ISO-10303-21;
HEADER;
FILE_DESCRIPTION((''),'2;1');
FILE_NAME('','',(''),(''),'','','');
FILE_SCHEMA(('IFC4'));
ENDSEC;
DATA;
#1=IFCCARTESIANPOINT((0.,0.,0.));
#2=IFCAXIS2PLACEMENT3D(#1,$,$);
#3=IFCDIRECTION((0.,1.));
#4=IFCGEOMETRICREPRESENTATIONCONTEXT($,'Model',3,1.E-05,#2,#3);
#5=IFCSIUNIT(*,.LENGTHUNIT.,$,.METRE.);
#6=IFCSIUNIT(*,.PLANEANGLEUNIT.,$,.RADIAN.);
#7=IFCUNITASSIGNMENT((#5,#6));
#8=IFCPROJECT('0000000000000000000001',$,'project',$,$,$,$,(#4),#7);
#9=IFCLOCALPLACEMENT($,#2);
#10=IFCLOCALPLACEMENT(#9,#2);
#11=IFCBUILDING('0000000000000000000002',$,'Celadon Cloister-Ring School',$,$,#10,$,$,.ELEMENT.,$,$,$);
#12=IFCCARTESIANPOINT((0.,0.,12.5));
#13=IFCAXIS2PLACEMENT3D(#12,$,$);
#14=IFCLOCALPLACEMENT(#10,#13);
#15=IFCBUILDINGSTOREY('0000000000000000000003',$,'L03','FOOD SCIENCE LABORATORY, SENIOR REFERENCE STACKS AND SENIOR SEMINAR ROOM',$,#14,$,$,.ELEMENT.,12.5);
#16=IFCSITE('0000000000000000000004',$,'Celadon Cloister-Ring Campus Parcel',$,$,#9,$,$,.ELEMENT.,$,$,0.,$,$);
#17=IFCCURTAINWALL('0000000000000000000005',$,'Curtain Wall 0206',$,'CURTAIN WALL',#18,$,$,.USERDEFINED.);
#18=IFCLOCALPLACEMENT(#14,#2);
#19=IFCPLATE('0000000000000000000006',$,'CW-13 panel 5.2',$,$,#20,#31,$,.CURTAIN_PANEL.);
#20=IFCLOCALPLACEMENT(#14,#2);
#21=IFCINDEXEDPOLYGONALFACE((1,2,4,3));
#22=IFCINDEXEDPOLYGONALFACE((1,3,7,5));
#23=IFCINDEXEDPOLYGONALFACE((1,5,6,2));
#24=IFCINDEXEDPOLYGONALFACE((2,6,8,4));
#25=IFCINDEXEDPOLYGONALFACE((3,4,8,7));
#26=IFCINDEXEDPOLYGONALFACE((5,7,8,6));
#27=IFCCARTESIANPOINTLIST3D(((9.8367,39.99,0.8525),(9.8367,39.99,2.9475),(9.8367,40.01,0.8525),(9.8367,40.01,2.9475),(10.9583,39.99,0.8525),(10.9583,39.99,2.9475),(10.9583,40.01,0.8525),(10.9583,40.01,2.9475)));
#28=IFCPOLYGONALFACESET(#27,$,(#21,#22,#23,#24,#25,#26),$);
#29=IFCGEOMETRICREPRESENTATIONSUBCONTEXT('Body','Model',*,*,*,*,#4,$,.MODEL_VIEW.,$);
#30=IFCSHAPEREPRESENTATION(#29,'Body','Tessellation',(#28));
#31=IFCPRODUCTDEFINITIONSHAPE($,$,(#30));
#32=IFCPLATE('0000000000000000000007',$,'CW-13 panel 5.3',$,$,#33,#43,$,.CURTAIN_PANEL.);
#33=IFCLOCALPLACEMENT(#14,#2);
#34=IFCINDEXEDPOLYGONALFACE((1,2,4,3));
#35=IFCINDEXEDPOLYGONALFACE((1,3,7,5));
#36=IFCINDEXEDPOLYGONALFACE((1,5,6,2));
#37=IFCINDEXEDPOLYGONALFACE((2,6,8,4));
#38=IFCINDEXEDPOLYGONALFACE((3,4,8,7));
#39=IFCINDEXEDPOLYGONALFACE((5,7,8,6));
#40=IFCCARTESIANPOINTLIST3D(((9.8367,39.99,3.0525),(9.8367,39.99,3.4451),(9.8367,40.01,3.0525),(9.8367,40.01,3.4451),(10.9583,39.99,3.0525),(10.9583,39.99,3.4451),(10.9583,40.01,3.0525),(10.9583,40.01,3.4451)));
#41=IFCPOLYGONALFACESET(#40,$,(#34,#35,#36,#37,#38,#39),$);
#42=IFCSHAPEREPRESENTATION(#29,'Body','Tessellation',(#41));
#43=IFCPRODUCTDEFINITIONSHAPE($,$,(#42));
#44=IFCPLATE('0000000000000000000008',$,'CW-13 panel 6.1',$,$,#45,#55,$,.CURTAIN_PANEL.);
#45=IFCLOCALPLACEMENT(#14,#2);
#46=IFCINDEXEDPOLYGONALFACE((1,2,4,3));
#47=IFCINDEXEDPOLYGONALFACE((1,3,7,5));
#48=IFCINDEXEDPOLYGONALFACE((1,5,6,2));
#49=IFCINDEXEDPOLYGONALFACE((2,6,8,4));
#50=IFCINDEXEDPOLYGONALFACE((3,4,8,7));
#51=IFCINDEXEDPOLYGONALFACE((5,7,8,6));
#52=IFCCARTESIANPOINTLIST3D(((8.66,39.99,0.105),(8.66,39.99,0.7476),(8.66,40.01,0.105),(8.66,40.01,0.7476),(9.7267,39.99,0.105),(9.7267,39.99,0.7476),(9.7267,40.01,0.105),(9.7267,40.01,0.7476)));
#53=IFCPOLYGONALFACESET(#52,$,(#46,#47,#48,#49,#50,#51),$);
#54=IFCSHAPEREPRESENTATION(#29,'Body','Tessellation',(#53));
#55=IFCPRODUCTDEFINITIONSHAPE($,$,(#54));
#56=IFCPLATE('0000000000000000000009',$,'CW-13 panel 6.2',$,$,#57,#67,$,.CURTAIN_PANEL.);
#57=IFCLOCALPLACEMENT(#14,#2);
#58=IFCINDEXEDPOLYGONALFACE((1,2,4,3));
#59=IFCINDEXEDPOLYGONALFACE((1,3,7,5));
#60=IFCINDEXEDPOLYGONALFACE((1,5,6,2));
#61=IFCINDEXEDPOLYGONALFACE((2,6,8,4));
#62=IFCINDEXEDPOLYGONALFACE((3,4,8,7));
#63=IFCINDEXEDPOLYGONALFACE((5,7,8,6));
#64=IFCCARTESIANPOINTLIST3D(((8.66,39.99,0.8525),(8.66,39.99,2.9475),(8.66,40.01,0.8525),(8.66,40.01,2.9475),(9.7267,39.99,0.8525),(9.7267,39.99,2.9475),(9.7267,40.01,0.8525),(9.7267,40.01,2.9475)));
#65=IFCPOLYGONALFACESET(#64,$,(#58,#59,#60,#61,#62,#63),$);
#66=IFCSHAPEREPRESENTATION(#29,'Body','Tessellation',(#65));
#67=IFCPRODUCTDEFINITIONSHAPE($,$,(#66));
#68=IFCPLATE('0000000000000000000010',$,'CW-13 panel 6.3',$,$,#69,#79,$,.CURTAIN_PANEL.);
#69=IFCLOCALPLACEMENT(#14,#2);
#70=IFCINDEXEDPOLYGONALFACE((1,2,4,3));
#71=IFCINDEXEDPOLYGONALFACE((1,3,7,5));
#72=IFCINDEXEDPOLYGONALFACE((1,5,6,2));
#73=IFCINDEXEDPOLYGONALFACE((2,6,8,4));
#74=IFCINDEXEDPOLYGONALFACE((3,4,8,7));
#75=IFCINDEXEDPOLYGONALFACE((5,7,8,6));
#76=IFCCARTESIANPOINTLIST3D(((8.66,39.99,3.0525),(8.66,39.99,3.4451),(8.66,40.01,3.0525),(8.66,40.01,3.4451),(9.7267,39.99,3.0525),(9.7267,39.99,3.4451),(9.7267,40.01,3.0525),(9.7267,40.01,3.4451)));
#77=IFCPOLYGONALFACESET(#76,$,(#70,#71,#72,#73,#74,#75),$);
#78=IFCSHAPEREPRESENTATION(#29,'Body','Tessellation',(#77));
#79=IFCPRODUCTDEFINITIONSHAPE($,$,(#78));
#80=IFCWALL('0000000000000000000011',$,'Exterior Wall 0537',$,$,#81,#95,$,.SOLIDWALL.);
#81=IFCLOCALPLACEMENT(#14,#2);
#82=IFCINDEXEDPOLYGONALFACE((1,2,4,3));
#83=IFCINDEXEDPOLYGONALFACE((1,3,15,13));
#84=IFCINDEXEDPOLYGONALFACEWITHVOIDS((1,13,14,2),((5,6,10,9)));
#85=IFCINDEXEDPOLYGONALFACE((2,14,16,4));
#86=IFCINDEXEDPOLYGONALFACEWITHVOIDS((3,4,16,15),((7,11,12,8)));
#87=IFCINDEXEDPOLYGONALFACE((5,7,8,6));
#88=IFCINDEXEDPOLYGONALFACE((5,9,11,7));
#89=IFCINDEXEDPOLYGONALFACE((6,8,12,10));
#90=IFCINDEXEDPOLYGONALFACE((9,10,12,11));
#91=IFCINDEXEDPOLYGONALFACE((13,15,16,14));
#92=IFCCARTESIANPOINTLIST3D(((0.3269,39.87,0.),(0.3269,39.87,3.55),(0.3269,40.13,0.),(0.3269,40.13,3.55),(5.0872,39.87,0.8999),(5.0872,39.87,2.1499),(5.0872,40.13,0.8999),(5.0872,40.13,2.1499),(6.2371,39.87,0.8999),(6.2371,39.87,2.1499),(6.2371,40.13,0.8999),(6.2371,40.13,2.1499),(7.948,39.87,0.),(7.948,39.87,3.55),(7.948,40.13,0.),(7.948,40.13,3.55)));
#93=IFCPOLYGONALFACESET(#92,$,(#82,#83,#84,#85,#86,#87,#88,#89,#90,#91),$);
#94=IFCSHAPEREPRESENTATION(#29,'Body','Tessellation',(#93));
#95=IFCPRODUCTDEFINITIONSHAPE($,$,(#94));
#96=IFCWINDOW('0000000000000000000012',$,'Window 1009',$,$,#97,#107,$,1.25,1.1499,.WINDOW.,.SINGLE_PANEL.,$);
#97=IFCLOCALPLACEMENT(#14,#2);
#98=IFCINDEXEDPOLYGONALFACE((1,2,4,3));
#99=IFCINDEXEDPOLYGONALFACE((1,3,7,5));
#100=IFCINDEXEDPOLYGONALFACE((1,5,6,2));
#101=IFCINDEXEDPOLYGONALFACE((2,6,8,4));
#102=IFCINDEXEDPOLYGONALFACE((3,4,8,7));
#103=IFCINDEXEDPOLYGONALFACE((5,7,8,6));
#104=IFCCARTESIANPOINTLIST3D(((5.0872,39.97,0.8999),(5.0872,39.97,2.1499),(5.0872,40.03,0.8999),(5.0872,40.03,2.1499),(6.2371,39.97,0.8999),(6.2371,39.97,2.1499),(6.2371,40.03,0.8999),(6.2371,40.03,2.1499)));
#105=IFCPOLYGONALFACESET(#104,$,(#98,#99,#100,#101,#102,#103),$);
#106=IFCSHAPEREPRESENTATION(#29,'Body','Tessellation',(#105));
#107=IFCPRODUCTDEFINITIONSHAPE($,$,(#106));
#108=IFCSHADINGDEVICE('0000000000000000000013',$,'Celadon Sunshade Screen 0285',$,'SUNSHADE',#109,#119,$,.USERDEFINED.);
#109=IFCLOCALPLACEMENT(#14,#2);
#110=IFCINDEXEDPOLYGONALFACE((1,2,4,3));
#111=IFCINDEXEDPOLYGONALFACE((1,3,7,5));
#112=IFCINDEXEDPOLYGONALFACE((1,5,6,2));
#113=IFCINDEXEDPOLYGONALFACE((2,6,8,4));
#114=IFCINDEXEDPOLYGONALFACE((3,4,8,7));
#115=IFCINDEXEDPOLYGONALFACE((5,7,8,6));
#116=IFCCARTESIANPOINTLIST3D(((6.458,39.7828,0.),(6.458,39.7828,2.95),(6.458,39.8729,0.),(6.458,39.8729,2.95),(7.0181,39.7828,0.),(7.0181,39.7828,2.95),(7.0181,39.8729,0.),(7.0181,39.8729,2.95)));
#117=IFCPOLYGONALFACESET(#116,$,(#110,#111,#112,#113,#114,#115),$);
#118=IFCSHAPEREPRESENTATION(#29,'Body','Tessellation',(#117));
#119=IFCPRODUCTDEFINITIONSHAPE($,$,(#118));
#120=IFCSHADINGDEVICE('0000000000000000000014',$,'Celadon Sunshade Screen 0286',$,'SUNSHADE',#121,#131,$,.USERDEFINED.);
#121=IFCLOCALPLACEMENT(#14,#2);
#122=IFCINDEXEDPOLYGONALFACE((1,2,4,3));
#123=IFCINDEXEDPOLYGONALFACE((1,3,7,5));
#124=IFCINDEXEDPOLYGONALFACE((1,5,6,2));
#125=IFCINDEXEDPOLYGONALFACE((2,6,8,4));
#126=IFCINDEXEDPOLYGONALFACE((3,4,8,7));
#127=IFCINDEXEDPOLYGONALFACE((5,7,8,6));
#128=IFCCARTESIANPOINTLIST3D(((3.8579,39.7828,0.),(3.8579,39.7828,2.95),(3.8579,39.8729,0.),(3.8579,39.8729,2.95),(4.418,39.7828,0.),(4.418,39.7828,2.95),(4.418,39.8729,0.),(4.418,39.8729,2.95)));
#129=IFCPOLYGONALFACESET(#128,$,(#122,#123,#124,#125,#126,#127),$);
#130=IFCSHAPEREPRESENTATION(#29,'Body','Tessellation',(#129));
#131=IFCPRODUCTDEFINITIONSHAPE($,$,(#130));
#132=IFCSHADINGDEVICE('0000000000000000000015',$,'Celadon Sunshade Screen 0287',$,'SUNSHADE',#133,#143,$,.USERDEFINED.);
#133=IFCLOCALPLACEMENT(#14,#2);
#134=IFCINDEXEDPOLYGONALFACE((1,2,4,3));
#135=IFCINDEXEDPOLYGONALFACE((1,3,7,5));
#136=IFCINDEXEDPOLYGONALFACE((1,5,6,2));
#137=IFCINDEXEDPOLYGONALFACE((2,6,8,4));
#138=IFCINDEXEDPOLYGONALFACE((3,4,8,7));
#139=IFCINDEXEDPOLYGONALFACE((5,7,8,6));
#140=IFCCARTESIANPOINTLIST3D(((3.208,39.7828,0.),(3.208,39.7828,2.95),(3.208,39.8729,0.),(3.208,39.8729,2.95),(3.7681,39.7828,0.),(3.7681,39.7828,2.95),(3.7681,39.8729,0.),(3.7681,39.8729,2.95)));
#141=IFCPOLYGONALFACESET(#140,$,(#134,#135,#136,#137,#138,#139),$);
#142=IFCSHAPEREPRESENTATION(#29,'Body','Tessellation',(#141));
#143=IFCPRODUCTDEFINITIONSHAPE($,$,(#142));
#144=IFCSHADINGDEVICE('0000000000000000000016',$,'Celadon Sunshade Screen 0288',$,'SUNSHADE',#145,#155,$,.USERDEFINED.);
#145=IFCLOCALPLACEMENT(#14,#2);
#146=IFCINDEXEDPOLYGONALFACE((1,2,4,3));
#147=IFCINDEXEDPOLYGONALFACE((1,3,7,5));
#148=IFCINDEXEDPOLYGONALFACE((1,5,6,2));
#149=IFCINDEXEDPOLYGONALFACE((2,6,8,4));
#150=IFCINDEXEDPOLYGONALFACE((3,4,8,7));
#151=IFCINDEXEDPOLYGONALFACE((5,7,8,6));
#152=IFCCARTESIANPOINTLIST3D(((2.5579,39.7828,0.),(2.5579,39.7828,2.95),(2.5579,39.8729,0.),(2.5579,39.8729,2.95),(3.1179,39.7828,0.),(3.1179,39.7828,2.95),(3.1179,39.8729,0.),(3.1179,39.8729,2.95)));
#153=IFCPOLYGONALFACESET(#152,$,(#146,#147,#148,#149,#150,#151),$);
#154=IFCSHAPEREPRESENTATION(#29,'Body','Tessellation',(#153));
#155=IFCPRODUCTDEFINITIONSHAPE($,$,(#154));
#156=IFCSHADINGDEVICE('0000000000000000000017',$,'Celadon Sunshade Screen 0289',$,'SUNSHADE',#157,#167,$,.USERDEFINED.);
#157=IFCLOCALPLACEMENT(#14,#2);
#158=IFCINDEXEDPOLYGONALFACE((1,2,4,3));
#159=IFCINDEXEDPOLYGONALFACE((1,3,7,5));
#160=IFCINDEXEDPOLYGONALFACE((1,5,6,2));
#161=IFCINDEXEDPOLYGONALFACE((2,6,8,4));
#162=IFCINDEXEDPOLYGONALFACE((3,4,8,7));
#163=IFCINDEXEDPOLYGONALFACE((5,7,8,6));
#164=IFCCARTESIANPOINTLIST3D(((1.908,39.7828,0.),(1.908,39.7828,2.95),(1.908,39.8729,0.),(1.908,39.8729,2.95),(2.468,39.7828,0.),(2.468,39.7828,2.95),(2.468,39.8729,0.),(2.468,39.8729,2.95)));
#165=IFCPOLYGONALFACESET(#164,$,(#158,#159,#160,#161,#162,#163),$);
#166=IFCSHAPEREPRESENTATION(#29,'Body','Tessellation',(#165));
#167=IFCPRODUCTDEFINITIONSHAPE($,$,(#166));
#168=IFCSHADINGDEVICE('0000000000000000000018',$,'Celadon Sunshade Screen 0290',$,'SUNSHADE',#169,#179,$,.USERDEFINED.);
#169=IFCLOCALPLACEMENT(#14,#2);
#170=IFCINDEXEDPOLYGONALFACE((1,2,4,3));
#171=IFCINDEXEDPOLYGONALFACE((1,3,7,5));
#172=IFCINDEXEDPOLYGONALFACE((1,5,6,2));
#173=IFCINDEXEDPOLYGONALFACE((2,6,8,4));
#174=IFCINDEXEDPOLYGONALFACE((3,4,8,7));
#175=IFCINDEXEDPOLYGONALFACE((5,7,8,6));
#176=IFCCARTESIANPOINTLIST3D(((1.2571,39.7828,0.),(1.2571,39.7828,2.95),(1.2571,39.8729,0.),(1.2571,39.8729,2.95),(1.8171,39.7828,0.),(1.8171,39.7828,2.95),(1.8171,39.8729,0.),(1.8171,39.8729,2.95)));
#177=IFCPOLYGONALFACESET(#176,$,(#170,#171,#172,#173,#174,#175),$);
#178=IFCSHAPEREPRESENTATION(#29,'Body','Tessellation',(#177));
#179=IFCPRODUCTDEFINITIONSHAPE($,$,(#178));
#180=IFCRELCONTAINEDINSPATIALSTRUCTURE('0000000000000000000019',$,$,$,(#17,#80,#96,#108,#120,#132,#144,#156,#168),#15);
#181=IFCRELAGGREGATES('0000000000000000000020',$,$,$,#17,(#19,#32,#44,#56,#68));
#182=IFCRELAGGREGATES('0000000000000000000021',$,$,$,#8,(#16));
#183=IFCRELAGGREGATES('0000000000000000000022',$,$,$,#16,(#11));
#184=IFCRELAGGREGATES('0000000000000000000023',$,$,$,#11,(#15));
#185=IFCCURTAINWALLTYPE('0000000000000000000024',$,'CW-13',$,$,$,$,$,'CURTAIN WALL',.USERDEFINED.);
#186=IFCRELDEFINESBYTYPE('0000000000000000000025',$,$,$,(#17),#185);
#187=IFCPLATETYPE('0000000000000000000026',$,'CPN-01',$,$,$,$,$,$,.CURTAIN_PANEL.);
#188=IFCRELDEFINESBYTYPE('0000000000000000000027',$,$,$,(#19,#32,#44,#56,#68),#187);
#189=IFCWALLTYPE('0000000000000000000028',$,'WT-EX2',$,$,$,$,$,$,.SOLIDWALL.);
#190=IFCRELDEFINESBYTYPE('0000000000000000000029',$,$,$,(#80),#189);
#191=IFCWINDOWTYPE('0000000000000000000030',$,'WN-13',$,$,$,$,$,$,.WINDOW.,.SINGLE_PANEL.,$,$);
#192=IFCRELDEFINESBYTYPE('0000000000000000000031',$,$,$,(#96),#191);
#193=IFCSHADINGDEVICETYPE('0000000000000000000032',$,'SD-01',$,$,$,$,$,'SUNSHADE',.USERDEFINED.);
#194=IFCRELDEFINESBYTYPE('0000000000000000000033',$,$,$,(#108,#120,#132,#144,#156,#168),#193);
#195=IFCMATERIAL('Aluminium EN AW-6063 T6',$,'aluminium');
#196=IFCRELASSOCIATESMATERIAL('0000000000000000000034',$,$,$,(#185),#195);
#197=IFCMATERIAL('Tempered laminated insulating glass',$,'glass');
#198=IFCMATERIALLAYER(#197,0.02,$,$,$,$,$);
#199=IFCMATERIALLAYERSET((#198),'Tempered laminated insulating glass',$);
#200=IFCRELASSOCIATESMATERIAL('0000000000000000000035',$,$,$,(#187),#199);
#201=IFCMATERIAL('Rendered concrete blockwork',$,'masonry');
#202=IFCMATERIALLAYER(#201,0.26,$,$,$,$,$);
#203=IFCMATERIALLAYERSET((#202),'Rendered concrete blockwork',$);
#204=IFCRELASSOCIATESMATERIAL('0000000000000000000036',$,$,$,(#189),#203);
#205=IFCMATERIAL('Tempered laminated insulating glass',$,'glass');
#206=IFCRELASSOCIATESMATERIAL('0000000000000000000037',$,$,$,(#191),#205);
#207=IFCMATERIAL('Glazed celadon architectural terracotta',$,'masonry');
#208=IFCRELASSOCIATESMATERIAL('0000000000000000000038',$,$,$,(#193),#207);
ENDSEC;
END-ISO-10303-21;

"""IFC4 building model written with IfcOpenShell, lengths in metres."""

from ifc_helpers import new_model, si_unit, direction, frame, frame_2d, origin, origin_2d, place, context, subcontext, project, spatial, rectangle, extrude, material, layer, layer_set, type_object, element, fill, aggregate, save


model = new_model("IFC4")

# Units and contexts
model_context = context("Model", 3, precision=1e-05, world=origin(), true_north=direction((0.0, 1.0)))
body_context = subcontext(model_context, "Body", "Model", "MODEL_VIEW")
ifc_project = project(units=[si_unit("LENGTHUNIT", "METRE"), si_unit("PLANEANGLEUNIT", "RADIAN")], contexts=[model_context])

# Site, building, storey
site_placement = place(None, origin())
site = spatial("IfcSite", under=ifc_project, at=site_placement, Name="Celadon Cloister-Ring Campus Parcel", CompositionType="ELEMENT", RefElevation=0.0)
building_placement = place(site_placement, origin())
building = spatial("IfcBuilding", under=site, at=building_placement, Name="Celadon Cloister-Ring School", CompositionType="ELEMENT")
storey_placement = place(building_placement, frame((0.0, 0.0, 12.5)))
storey = spatial("IfcBuildingStorey", under=building, at=storey_placement, Name="L03", Description="FOOD SCIENCE LABORATORY, SENIOR REFERENCE STACKS AND SENIOR SEMINAR ROOM", CompositionType="ELEMENT", Elevation=12.5)

# Curtain wall, plates
ifc_material_1 = material(Name="Aluminium EN AW-6063 T6", Category="aluminium")
curtain_wall_type = type_object("IfcCurtainWallType", Name="CW-13", ElementType="CURTAIN WALL", PredefinedType="USERDEFINED", material=ifc_material_1)
curtain_wall_placement = place(storey_placement, origin())
curtain_wall = element("IfcCurtainWall", 1, at=curtain_wall_placement, inside=storey, type_object=curtain_wall_type, Name="Curtain Wall 0206", ObjectType="CURTAIN WALL", PredefinedType="USERDEFINED")
ifc_material_2 = material(Name="Tempered laminated insulating glass", Category="glass")
ifc_layer_1 = layer(ifc_material_2, 0.02)
ifc_layer_set_1 = layer_set([ifc_layer_1], Name="Tempered laminated insulating glass")
plate_type = type_object("IfcPlateType", Name="CPN-01", PredefinedType="CURTAIN_PANEL", material=ifc_layer_set_1)
plate_1_placement = place(storey_placement, frame((10.3975, 40.0, 0.8525), z_axis=(0.0, 0.0, 1.0), x_axis=(-1.0, 0.0, 0.0)))
plate_1 = element("IfcPlate", 2, at=plate_1_placement, type_object=plate_type, Name="CW-13 panel 5.2", PredefinedType="CURTAIN_PANEL", context=body_context, shape_type="SweptSolid", body=[
    extrude(rectangle(XDim=1.1216, YDim=0.02, at=origin_2d()), origin(), (0.0, 0.0, 1.0), 2.095),
])
plate_2_placement = place(storey_placement, frame((10.3975, 40.0, 3.0525), z_axis=(0.0, 0.0, 1.0), x_axis=(-1.0, 0.0, 0.0)))
plate_2 = element("IfcPlate", 3, at=plate_2_placement, type_object=plate_type, Name="CW-13 panel 5.3", PredefinedType="CURTAIN_PANEL", context=body_context, shape_type="SweptSolid", body=[
    extrude(rectangle(XDim=1.1216, YDim=0.02, at=origin_2d()), origin(), (0.0, 0.0, 1.0), 0.3926),
])
plate_3_placement = place(storey_placement, frame((9.1934, 40.0, 0.105), z_axis=(0.0, 0.0, 1.0), x_axis=(-1.0, 0.0, 0.0)))
plate_3 = element("IfcPlate", 4, at=plate_3_placement, type_object=plate_type, Name="CW-13 panel 6.1", PredefinedType="CURTAIN_PANEL", context=body_context, shape_type="SweptSolid", body=[
    extrude(rectangle(XDim=1.0667, YDim=0.02, at=origin_2d()), origin(), (0.0, 0.0, 1.0), 0.6426),
])
plate_4_placement = place(storey_placement, frame((9.1934, 40.0, 0.8525), z_axis=(0.0, 0.0, 1.0), x_axis=(-1.0, 0.0, 0.0)))
plate_4 = element("IfcPlate", 5, at=plate_4_placement, type_object=plate_type, Name="CW-13 panel 6.2", PredefinedType="CURTAIN_PANEL", context=body_context, shape_type="SweptSolid", body=[
    extrude(rectangle(XDim=1.0667, YDim=0.02, at=origin_2d()), origin(), (0.0, 0.0, 1.0), 2.095),
])
plate_5_placement = place(storey_placement, frame((9.1934, 40.0, 3.0525), z_axis=(0.0, 0.0, 1.0), x_axis=(-1.0, 0.0, 0.0)))
plate_5 = element("IfcPlate", 6, at=plate_5_placement, type_object=plate_type, Name="CW-13 panel 6.3", PredefinedType="CURTAIN_PANEL", context=body_context, shape_type="SweptSolid", body=[
    extrude(rectangle(XDim=1.0667, YDim=0.02, at=origin_2d()), origin(), (0.0, 0.0, 1.0), 0.3926),
])
aggregate(curtain_wall, [plate_1, plate_2, plate_3, plate_4, plate_5])

# Wall, opening, window
ifc_material_3 = material(Name="Rendered concrete blockwork", Category="masonry")
ifc_layer_2 = layer(ifc_material_3, 0.26)
ifc_layer_set_2 = layer_set([ifc_layer_2], Name="Rendered concrete blockwork")
wall_type = type_object("IfcWallType", Name="WT-EX2", PredefinedType="SOLIDWALL", material=ifc_layer_set_2)
wall_placement = place(storey_placement, frame((7.948, 40.0, 0.0), z_axis=(0.0, 0.0, 1.0), x_axis=(-1.0, 0.0, 0.0)))
wall = element("IfcWall", 7, at=wall_placement, inside=storey, type_object=wall_type, Name="Exterior Wall 0537", PredefinedType="SOLIDWALL", context=body_context, shape_type="SweptSolid", body=[
    extrude(rectangle(XDim=7.6211, YDim=0.26, at=frame_2d((3.8105, 0.0))), origin(), (0.0, 0.0, 1.0), 3.55),
])
opening_placement = place(wall_placement, frame((1.7109, 0.0, 0.8999)))
opening = element("IfcOpeningElement", 8, at=opening_placement, cuts=wall, PredefinedType="OPENING", context=body_context, shape_type="SweptSolid", body=[
    extrude(rectangle(XDim=1.1499, YDim=1.25, at=frame_2d((0.575, 0.625))), frame((0.0, 0.1401, 0.0), z_axis=(0.0, -1.0, 0.0), x_axis=(1.0, 0.0, 0.0)), (0.0, 0.0, 1.0), 0.28),
])
ifc_material_4 = material(Name="Tempered laminated insulating glass", Category="glass")
window_type = type_object("IfcWindowType", Name="WN-13", PartitioningType="SINGLE_PANEL", PredefinedType="WINDOW", material=ifc_material_4)
window_placement = place(opening_placement, origin())
window = element("IfcWindow", 9, at=window_placement, inside=storey, type_object=window_type, Name="Window 1009", OverallHeight=1.25, OverallWidth=1.1499, PartitioningType="SINGLE_PANEL", PredefinedType="WINDOW", context=body_context, shape_type="SweptSolid", body=[
    extrude(rectangle(XDim=1.1499, YDim=1.25, at=frame_2d((0.575, 0.625))), frame((0.0, 0.03, 0.0), z_axis=(0.0, -1.0, 0.0), x_axis=(1.0, 0.0, 0.0)), (0.0, 0.0, 1.0), 0.0601),
])
fill(opening, window)

# Shading devices
ifc_material_5 = material(Name="Glazed celadon architectural terracotta", Category="masonry")
shading_device_type = type_object("IfcShadingDeviceType", Name="SD-01", ElementType="SUNSHADE", PredefinedType="USERDEFINED", material=ifc_material_5)
for number, where, z_axis, x_axis, name in (
    (10, (6.738, 39.8279, 0.0), (0.0, 0.0, 1.0), (-1.0, 0.0, 0.0), "Celadon Sunshade Screen 0285"),
    (11, (4.1379, 39.8279, 0.0), (0.0, 0.0, 1.0), (-1.0, 0.0, 0.0), "Celadon Sunshade Screen 0286"),
    (12, (3.488, 39.8279, 0.0), (0.0, 0.0, 1.0), (-1.0, 0.0, 0.0), "Celadon Sunshade Screen 0287"),
    (13, (2.8379, 39.8279, 0.0), (0.0, 0.0, 1.0), (-1.0, 0.0, 0.0), "Celadon Sunshade Screen 0288"),
    (14, (2.188, 39.8279, 0.0), (0.0, 0.0, 1.0), (-1.0, 0.0, 0.0), "Celadon Sunshade Screen 0289"),
    (15, (1.5371, 39.8279, 0.0), (0.0, 0.0, 1.0), (-1.0, 0.0, 0.0), "Celadon Sunshade Screen 0290"),
):
    element("IfcShadingDevice", number, at=place(storey_placement, frame(where, z_axis=z_axis, x_axis=x_axis)), inside=storey, type_object=shading_device_type, Name=name, ObjectType="SUNSHADE", PredefinedType="USERDEFINED", context=body_context, shape_type="SweptSolid", body=[
        extrude(rectangle(XDim=0.5601, YDim=0.0901, at=origin_2d()), origin(), (0.0, 0.0, 1.0), 2.95),
    ])

save(model, "model.ifc")
